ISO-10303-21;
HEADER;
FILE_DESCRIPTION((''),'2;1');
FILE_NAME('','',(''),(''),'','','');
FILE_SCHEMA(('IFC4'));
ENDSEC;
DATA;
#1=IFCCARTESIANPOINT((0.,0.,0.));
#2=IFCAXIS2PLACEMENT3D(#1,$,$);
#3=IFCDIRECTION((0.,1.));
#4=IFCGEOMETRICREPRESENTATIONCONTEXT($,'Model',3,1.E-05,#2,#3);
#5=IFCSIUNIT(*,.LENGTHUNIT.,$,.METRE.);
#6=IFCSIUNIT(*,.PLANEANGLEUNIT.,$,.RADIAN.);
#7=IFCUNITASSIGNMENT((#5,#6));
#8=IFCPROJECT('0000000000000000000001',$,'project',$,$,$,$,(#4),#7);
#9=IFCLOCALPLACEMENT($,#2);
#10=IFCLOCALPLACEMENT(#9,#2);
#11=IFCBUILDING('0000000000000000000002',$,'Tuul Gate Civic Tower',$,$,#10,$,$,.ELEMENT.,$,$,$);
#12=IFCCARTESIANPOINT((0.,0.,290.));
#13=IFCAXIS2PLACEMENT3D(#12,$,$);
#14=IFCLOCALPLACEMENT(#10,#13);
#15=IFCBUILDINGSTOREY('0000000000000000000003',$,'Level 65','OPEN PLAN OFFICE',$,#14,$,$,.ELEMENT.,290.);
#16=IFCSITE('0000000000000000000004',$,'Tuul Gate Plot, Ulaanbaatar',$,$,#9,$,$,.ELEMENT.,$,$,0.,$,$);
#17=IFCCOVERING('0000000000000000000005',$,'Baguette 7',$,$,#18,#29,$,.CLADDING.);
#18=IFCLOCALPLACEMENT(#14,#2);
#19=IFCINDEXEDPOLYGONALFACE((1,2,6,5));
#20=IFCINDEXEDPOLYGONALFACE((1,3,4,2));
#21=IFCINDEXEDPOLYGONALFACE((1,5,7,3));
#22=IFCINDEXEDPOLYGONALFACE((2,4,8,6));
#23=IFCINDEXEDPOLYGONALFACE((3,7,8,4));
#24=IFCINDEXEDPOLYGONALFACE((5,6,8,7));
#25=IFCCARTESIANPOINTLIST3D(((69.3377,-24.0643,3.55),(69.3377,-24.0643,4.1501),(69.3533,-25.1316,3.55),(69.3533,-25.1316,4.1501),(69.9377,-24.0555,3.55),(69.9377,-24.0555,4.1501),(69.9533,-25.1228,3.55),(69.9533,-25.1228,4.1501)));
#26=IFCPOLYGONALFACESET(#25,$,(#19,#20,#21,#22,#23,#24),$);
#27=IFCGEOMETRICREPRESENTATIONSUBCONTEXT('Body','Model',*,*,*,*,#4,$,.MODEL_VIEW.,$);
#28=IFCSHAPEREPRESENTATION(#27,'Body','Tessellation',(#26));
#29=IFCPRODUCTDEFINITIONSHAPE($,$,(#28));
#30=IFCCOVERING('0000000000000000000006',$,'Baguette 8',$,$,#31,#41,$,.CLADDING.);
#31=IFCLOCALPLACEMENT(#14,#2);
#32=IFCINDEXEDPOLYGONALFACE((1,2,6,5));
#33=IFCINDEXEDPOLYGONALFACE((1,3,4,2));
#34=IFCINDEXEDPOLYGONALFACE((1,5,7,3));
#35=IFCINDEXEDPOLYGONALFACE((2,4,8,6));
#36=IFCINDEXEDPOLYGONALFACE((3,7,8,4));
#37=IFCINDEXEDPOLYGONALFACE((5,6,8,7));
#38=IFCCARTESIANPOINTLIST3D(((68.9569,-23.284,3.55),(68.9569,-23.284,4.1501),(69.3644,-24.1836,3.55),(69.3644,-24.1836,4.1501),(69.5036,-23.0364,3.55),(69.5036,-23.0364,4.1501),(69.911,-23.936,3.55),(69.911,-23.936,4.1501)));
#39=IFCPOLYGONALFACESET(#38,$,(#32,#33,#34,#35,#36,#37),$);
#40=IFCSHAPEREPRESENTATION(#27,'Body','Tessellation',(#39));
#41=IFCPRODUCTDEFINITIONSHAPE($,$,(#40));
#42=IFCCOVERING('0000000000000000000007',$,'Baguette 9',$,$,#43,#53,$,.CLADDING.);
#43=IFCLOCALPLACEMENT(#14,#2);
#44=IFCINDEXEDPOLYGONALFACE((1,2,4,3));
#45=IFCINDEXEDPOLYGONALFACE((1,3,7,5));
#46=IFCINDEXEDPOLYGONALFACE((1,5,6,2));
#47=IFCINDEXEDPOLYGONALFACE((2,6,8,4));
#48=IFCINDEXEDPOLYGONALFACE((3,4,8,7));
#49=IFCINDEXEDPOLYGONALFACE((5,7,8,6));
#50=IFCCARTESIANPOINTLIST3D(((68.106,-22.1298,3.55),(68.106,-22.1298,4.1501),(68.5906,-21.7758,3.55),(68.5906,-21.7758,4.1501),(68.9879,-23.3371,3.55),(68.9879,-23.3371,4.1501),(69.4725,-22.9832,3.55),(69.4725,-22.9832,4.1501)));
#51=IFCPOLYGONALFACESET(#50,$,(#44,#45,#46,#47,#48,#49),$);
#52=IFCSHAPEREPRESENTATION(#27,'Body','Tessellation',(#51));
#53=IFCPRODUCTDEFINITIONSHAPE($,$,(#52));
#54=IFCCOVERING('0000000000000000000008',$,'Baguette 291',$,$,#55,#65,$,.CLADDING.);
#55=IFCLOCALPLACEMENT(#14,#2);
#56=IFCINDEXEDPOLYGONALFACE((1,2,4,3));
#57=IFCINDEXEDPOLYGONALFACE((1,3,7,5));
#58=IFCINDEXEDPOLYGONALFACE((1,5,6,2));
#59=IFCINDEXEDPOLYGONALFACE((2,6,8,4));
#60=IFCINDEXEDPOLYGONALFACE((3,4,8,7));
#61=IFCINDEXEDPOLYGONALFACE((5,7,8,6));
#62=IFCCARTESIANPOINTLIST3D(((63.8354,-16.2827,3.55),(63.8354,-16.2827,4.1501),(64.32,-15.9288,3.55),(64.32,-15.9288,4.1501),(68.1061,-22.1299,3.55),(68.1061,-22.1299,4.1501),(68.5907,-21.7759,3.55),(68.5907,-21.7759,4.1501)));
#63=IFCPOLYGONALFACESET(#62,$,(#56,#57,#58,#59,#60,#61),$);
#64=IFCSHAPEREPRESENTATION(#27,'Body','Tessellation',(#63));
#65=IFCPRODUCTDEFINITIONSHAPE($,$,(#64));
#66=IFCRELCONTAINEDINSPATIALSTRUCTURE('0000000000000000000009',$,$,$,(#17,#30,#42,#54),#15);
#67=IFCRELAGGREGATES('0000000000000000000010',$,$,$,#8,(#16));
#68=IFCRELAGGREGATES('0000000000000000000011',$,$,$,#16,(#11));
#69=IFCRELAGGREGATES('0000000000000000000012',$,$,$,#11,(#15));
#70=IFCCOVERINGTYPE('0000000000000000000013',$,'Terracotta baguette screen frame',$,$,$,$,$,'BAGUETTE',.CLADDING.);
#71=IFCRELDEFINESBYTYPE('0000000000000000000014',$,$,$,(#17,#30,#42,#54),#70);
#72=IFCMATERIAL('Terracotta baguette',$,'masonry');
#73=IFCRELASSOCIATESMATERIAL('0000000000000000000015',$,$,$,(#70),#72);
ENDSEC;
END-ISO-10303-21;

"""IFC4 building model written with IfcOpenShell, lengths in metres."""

from ifc_helpers import new_model, si_unit, direction, frame, origin, origin_2d, place, context, subcontext, project, spatial, rectangle, extrude, material, material_profile, profile_set, type_object, element, save


model = new_model("IFC4")

# Units and contexts
model_context = context("Model", 3, precision=1e-05, world=origin(), true_north=direction((0.0, 1.0)))
body_context = subcontext(model_context, "Body", "Model", "MODEL_VIEW")
ifc_project = project(units=[si_unit("LENGTHUNIT", "METRE"), si_unit("PLANEANGLEUNIT", "RADIAN")], contexts=[model_context])

# Site, building, storey
site_placement = place(None, origin())
site = spatial("IfcSite", under=ifc_project, at=site_placement, Name="Tuul Gate Plot, Ulaanbaatar", CompositionType="ELEMENT", RefElevation=0.0)
building_placement = place(site_placement, origin())
building = spatial("IfcBuilding", under=site, at=building_placement, Name="Tuul Gate Civic Tower", CompositionType="ELEMENT")
storey_placement = place(building_placement, frame((0.0, 0.0, 290.0)))
storey = spatial("IfcBuildingStorey", under=building, at=storey_placement, Name="Level 65", Description="OPEN PLAN OFFICE", CompositionType="ELEMENT", Elevation=290.0)

# Coverings
ifc_material_1 = material(Name="Terracotta baguette", Category="masonry")
ifc_material_profile_1 = material_profile(ifc_material_1, rectangle(XDim=0.6001, YDim=0.6001, at=origin_2d()), Name="Terracotta baguette screen frame")
ifc_profile_set_1 = profile_set([ifc_material_profile_1], Name="Terracotta baguette")
covering_type = type_object("IfcCoveringType", Name="Terracotta baguette screen frame", ElementType="BAGUETTE", PredefinedType="CLADDING", material=ifc_profile_set_1)
covering_1_placement = place(storey_placement, frame((69.6533, -25.1272, 3.8501), z_axis=(-0.014637, 0.999893, 0.0), x_axis=(-0.999893, -0.014637, 0.0)))
element("IfcCovering", 1, at=covering_1_placement, inside=storey, type_object=covering_type, Name="Baguette 7", PredefinedType="CLADDING", context=body_context, shape_type="SweptSolid", body=[
    extrude(rectangle(XDim=0.6001, YDim=0.6001, at=origin_2d()), origin(), (0.0, 0.0, 1.0), 1.0674),
])
covering_2_placement = place(storey_placement, frame((69.6377, -24.0598, 3.8501), z_axis=(-0.412573, 0.910924, 0.0), x_axis=(-0.910924, -0.412573, 0.0)))
element("IfcCovering", 2, at=covering_2_placement, inside=storey, type_object=covering_type, Name="Baguette 8", PredefinedType="CLADDING", context=body_context, shape_type="SweptSolid", body=[
    extrude(rectangle(XDim=0.6001, YDim=0.6001, at=origin_2d()), origin(), (0.0, 0.0, 1.0), 0.9875),
])
covering_3_placement = place(storey_placement, frame((69.2302, -23.1602, 3.8501), z_axis=(-0.589841, 0.80752, 0.0), x_axis=(-0.80752, -0.589841, 0.0)))
element("IfcCovering", 3, at=covering_3_placement, inside=storey, type_object=covering_type, Name="Baguette 9", PredefinedType="CLADDING", context=body_context, shape_type="SweptSolid", body=[
    extrude(rectangle(XDim=0.6001, YDim=0.6001, at=origin_2d()), origin(), (0.0, 0.0, 1.0), 1.4951),
])
covering_4_placement = place(storey_placement, frame((68.3484, -21.9529, 3.8501), z_axis=(-0.58982, 0.807534, 0.0), x_axis=(-0.807534, -0.58982, 0.0)))
element("IfcCovering", 4, at=covering_4_placement, inside=storey, type_object=covering_type, Name="Baguette 291", PredefinedType="CLADDING", context=body_context, shape_type="SweptSolid", body=[
    extrude(rectangle(XDim=0.6001, YDim=0.6001, at=origin_2d()), origin(), (0.0, 0.0, 1.0), 7.2407),
])

save(model, "model.ifc")
